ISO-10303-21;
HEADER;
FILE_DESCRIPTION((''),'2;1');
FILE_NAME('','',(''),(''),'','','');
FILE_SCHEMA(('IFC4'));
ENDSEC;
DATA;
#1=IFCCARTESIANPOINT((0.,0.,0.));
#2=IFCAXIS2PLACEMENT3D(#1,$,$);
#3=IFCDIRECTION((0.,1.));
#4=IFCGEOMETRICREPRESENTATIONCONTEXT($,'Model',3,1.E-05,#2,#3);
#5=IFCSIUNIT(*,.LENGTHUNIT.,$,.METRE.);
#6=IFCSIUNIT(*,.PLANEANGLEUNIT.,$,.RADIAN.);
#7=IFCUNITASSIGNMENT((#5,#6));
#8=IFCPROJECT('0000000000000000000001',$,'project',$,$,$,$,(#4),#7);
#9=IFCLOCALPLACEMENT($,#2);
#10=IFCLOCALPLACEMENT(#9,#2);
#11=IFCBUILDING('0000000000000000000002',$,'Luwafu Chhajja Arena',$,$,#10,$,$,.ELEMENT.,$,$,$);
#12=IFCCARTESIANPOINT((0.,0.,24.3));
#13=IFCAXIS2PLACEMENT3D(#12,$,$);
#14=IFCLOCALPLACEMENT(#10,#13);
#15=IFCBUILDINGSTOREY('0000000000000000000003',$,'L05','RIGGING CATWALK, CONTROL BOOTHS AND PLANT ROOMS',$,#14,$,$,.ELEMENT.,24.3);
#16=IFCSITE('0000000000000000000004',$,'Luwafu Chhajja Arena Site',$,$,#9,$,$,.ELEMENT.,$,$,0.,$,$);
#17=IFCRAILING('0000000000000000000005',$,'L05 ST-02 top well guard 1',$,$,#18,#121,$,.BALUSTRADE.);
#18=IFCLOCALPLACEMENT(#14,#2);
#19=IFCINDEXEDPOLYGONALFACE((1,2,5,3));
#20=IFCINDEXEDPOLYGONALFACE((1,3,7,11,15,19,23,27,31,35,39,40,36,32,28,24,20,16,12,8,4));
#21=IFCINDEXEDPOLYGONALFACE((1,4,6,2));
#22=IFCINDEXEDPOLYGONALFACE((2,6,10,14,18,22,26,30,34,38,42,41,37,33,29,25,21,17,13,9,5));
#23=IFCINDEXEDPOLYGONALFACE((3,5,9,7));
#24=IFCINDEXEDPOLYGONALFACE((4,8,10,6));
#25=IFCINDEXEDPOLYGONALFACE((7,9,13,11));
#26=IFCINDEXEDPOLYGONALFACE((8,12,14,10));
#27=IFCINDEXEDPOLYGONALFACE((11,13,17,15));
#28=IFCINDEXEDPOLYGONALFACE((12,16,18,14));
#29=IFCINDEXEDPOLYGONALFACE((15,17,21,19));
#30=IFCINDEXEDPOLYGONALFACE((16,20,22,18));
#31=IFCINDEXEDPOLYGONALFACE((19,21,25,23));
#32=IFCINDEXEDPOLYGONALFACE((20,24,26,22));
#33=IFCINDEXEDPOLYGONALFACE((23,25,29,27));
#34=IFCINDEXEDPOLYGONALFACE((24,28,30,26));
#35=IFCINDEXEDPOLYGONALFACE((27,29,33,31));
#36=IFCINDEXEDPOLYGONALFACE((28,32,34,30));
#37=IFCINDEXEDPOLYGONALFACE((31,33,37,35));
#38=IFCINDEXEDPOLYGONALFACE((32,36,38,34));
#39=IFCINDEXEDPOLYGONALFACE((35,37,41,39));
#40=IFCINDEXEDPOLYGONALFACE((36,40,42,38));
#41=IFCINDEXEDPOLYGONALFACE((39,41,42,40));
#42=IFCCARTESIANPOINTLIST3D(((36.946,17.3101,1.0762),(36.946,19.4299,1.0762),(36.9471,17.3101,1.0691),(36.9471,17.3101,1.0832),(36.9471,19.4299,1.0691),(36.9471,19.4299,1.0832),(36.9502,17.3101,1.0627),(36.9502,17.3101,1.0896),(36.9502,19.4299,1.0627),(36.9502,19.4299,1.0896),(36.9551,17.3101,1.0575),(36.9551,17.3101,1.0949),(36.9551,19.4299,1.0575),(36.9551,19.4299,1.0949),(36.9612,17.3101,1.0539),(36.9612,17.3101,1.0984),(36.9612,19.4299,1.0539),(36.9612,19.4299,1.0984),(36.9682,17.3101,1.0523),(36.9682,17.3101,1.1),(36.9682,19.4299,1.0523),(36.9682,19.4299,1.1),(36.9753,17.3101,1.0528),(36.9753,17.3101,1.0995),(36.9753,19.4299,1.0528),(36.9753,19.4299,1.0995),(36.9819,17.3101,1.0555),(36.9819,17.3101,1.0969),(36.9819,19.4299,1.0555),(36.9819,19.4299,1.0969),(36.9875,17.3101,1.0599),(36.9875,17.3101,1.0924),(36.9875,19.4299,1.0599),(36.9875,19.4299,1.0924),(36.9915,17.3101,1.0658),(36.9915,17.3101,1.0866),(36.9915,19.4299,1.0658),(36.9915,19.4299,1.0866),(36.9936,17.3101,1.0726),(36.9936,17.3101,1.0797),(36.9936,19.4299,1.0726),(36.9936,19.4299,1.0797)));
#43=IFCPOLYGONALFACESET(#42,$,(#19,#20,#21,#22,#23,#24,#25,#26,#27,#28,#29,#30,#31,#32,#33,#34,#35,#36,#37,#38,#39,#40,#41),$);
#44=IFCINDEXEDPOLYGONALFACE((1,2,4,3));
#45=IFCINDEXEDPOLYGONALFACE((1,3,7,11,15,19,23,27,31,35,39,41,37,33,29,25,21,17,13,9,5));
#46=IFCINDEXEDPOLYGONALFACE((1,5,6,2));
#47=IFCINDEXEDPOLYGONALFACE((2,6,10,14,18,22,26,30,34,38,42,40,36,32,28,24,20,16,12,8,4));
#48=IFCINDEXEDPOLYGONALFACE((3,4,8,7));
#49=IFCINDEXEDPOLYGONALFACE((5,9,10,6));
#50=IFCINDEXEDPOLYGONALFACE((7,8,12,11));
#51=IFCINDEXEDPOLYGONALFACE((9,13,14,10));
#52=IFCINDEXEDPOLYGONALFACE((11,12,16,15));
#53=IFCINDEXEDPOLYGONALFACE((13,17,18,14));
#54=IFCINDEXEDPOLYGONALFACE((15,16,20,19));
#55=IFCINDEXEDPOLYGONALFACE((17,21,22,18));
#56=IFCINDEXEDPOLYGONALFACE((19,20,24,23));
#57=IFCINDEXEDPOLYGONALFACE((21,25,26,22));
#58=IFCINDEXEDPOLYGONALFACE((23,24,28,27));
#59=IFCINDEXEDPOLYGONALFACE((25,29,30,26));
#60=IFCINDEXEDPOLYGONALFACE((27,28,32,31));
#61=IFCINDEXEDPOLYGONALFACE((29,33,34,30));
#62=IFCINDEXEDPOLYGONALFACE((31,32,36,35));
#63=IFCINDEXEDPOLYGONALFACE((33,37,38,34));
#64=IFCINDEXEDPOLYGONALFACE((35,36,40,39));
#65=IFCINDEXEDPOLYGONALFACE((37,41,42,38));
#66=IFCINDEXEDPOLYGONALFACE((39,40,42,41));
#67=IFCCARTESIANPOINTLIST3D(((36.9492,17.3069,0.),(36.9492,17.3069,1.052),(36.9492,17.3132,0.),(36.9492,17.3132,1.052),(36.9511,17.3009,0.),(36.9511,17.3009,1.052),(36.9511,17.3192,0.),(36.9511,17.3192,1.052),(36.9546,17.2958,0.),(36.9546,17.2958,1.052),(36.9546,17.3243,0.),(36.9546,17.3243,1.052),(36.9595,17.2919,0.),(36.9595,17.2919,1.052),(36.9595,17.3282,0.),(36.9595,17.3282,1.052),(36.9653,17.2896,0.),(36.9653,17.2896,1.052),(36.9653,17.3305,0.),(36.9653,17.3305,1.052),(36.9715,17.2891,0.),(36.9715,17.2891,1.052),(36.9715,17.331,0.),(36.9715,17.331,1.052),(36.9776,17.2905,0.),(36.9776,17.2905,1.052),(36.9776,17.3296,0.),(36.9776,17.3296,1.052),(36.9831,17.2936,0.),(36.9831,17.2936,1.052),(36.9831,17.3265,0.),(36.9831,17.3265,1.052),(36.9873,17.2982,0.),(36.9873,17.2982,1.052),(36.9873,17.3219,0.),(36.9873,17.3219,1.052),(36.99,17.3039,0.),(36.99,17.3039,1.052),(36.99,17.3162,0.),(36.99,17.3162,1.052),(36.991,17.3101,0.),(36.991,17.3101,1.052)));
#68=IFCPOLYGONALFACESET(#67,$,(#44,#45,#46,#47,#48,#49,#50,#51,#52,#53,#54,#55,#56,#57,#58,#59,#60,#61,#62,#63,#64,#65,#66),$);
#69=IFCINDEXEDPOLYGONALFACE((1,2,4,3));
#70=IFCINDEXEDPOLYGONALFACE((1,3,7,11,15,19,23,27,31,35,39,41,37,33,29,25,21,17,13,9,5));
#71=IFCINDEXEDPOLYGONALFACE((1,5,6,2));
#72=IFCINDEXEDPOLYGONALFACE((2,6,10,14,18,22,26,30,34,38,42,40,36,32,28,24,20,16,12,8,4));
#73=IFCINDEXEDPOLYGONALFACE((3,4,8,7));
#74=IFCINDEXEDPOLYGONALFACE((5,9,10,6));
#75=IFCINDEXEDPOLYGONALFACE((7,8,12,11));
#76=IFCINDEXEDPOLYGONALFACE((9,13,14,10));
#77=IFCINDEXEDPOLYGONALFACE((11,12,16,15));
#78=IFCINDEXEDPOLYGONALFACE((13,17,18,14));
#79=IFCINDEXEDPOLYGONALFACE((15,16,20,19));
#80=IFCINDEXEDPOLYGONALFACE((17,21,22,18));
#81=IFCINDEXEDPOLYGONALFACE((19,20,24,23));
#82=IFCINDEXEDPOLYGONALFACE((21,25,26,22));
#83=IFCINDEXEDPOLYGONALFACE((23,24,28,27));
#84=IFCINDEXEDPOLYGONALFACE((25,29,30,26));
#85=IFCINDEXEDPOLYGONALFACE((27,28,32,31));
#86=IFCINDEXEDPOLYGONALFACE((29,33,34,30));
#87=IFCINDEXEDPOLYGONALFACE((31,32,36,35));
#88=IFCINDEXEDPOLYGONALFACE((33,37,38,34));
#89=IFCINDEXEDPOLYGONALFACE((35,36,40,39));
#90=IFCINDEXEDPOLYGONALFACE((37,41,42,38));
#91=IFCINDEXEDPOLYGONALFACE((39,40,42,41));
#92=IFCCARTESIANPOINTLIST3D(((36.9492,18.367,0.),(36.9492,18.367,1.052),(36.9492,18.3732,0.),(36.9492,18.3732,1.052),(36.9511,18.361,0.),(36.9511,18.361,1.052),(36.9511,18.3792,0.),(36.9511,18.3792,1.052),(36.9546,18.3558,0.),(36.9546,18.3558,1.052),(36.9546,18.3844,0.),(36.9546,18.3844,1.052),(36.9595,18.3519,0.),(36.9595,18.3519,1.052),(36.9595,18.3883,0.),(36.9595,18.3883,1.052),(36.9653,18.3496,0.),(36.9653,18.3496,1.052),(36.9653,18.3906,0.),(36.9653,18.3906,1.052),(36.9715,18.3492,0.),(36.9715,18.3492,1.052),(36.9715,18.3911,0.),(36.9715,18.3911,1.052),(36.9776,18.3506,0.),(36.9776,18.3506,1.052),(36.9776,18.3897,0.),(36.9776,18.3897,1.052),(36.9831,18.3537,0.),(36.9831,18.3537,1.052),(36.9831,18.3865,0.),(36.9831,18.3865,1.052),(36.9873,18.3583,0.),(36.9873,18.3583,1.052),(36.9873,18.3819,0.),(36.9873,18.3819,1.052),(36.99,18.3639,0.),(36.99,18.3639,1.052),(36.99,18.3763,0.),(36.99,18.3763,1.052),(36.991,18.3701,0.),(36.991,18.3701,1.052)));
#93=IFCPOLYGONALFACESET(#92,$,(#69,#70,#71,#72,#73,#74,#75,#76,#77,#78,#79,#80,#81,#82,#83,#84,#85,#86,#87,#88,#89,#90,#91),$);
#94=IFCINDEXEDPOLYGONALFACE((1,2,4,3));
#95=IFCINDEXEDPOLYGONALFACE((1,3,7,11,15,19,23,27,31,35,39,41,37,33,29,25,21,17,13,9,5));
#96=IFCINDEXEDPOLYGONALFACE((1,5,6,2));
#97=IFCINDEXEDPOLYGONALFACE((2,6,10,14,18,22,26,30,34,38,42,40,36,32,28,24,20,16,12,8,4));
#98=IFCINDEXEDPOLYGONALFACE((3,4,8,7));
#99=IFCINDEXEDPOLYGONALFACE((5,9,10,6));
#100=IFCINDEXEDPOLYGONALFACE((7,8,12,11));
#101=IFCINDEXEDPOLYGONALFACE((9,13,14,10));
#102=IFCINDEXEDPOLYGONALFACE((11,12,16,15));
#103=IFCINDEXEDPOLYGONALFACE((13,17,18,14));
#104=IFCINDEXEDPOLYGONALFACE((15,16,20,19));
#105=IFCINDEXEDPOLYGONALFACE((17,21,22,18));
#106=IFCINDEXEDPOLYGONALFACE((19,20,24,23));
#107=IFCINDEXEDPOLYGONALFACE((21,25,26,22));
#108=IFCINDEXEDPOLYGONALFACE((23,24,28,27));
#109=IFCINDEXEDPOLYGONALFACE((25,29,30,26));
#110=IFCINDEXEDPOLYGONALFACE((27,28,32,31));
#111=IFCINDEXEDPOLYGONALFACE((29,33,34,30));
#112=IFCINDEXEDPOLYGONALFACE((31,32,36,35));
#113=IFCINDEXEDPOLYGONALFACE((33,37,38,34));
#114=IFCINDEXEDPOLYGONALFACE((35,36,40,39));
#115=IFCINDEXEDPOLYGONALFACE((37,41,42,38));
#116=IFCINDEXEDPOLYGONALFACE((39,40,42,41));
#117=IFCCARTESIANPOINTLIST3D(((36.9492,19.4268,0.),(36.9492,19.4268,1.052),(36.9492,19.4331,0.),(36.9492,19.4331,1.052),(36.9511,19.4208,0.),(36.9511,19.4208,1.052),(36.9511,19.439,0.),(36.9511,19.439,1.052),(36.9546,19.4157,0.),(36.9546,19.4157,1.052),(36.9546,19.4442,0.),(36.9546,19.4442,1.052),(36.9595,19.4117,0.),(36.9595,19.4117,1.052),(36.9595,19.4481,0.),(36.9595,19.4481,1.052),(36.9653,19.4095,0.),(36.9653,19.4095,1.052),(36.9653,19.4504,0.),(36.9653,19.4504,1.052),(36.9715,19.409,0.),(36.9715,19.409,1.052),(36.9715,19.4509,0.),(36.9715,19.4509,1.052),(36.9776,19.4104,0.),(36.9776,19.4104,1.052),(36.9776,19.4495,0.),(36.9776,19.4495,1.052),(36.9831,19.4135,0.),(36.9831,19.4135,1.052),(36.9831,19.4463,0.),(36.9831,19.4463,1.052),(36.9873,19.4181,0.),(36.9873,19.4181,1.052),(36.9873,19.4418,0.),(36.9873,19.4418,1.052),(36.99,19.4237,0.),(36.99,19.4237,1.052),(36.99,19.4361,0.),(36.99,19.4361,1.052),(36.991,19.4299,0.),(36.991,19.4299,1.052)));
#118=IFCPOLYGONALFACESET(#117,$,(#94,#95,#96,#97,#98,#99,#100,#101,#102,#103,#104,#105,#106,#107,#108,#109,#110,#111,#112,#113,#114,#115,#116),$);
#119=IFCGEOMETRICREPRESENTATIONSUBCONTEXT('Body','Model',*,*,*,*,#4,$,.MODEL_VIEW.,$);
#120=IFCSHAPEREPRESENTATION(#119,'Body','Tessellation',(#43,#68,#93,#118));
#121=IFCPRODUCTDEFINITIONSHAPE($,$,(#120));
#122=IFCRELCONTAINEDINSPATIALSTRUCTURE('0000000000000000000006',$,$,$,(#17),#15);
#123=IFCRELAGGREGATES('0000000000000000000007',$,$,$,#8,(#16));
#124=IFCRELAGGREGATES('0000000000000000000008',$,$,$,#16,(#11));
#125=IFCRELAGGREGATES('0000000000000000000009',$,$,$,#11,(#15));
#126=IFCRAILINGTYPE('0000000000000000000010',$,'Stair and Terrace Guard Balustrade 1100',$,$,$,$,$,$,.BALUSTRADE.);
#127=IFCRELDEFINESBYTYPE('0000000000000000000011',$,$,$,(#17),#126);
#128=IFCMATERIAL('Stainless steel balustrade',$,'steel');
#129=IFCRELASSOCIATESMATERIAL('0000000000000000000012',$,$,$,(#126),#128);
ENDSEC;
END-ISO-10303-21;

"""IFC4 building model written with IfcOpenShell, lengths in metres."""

from ifc_helpers import new_model, si_unit, direction, frame, origin, origin_2d, place, context, subcontext, project, spatial, circle, extrude, material, type_object, element, save


model = new_model("IFC4")

# Units and contexts
model_context = context("Model", 3, precision=1e-05, world=origin(), true_north=direction((0.0, 1.0)))
body_context = subcontext(model_context, "Body", "Model", "MODEL_VIEW")
ifc_project = project(units=[si_unit("LENGTHUNIT", "METRE"), si_unit("PLANEANGLEUNIT", "RADIAN")], contexts=[model_context])

# Site, building, storey
site_placement = place(None, origin())
site = spatial("IfcSite", under=ifc_project, at=site_placement, Name="Luwafu Chhajja Arena Site", CompositionType="ELEMENT", RefElevation=0.0)
building_placement = place(site_placement, origin())
building = spatial("IfcBuilding", under=site, at=building_placement, Name="Luwafu Chhajja Arena", CompositionType="ELEMENT")
storey_placement = place(building_placement, frame((0.0, 0.0, 24.3)))
storey = spatial("IfcBuildingStorey", under=building, at=storey_placement, Name="L05", Description="RIGGING CATWALK, CONTROL BOOTHS AND PLANT ROOMS", CompositionType="ELEMENT", Elevation=24.3)

# Railing
ifc_material_1 = material(Name="Stainless steel balustrade", Category="steel")
railing_type = type_object("IfcRailingType", Name="Stair and Terrace Guard Balustrade 1100", PredefinedType="BALUSTRADE", material=ifc_material_1)
railing_1_placement = place(storey_placement, frame((36.97, 17.3101, 0.0)))
element("IfcRailing", 1, at=railing_1_placement, inside=storey, type_object=railing_type, Name="L05 ST-02 top well guard 1", PredefinedType="BALUSTRADE", context=body_context, shape_type="SweptSolid", body=[
    extrude(circle(Radius=0.0239, at=origin_2d()), frame((0.0, 0.0, 1.0762), z_axis=(0.0, 1.0, 0.0), x_axis=(-1.0, 0.0, 0.0)), (0.0, 0.0, 1.0), 2.1199),
    extrude(circle(Radius=0.021, at=origin_2d()), origin(), (0.0, 0.0, 1.0), 1.052),
    extrude(circle(Radius=0.021, at=origin_2d()), frame((0.0, 1.0601, 0.0)), (0.0, 0.0, 1.0), 1.052),
    extrude(circle(Radius=0.021, at=origin_2d()), frame((0.0, 2.1199, 0.0)), (0.0, 0.0, 1.0), 1.052),
])

save(model, "model.ifc")
